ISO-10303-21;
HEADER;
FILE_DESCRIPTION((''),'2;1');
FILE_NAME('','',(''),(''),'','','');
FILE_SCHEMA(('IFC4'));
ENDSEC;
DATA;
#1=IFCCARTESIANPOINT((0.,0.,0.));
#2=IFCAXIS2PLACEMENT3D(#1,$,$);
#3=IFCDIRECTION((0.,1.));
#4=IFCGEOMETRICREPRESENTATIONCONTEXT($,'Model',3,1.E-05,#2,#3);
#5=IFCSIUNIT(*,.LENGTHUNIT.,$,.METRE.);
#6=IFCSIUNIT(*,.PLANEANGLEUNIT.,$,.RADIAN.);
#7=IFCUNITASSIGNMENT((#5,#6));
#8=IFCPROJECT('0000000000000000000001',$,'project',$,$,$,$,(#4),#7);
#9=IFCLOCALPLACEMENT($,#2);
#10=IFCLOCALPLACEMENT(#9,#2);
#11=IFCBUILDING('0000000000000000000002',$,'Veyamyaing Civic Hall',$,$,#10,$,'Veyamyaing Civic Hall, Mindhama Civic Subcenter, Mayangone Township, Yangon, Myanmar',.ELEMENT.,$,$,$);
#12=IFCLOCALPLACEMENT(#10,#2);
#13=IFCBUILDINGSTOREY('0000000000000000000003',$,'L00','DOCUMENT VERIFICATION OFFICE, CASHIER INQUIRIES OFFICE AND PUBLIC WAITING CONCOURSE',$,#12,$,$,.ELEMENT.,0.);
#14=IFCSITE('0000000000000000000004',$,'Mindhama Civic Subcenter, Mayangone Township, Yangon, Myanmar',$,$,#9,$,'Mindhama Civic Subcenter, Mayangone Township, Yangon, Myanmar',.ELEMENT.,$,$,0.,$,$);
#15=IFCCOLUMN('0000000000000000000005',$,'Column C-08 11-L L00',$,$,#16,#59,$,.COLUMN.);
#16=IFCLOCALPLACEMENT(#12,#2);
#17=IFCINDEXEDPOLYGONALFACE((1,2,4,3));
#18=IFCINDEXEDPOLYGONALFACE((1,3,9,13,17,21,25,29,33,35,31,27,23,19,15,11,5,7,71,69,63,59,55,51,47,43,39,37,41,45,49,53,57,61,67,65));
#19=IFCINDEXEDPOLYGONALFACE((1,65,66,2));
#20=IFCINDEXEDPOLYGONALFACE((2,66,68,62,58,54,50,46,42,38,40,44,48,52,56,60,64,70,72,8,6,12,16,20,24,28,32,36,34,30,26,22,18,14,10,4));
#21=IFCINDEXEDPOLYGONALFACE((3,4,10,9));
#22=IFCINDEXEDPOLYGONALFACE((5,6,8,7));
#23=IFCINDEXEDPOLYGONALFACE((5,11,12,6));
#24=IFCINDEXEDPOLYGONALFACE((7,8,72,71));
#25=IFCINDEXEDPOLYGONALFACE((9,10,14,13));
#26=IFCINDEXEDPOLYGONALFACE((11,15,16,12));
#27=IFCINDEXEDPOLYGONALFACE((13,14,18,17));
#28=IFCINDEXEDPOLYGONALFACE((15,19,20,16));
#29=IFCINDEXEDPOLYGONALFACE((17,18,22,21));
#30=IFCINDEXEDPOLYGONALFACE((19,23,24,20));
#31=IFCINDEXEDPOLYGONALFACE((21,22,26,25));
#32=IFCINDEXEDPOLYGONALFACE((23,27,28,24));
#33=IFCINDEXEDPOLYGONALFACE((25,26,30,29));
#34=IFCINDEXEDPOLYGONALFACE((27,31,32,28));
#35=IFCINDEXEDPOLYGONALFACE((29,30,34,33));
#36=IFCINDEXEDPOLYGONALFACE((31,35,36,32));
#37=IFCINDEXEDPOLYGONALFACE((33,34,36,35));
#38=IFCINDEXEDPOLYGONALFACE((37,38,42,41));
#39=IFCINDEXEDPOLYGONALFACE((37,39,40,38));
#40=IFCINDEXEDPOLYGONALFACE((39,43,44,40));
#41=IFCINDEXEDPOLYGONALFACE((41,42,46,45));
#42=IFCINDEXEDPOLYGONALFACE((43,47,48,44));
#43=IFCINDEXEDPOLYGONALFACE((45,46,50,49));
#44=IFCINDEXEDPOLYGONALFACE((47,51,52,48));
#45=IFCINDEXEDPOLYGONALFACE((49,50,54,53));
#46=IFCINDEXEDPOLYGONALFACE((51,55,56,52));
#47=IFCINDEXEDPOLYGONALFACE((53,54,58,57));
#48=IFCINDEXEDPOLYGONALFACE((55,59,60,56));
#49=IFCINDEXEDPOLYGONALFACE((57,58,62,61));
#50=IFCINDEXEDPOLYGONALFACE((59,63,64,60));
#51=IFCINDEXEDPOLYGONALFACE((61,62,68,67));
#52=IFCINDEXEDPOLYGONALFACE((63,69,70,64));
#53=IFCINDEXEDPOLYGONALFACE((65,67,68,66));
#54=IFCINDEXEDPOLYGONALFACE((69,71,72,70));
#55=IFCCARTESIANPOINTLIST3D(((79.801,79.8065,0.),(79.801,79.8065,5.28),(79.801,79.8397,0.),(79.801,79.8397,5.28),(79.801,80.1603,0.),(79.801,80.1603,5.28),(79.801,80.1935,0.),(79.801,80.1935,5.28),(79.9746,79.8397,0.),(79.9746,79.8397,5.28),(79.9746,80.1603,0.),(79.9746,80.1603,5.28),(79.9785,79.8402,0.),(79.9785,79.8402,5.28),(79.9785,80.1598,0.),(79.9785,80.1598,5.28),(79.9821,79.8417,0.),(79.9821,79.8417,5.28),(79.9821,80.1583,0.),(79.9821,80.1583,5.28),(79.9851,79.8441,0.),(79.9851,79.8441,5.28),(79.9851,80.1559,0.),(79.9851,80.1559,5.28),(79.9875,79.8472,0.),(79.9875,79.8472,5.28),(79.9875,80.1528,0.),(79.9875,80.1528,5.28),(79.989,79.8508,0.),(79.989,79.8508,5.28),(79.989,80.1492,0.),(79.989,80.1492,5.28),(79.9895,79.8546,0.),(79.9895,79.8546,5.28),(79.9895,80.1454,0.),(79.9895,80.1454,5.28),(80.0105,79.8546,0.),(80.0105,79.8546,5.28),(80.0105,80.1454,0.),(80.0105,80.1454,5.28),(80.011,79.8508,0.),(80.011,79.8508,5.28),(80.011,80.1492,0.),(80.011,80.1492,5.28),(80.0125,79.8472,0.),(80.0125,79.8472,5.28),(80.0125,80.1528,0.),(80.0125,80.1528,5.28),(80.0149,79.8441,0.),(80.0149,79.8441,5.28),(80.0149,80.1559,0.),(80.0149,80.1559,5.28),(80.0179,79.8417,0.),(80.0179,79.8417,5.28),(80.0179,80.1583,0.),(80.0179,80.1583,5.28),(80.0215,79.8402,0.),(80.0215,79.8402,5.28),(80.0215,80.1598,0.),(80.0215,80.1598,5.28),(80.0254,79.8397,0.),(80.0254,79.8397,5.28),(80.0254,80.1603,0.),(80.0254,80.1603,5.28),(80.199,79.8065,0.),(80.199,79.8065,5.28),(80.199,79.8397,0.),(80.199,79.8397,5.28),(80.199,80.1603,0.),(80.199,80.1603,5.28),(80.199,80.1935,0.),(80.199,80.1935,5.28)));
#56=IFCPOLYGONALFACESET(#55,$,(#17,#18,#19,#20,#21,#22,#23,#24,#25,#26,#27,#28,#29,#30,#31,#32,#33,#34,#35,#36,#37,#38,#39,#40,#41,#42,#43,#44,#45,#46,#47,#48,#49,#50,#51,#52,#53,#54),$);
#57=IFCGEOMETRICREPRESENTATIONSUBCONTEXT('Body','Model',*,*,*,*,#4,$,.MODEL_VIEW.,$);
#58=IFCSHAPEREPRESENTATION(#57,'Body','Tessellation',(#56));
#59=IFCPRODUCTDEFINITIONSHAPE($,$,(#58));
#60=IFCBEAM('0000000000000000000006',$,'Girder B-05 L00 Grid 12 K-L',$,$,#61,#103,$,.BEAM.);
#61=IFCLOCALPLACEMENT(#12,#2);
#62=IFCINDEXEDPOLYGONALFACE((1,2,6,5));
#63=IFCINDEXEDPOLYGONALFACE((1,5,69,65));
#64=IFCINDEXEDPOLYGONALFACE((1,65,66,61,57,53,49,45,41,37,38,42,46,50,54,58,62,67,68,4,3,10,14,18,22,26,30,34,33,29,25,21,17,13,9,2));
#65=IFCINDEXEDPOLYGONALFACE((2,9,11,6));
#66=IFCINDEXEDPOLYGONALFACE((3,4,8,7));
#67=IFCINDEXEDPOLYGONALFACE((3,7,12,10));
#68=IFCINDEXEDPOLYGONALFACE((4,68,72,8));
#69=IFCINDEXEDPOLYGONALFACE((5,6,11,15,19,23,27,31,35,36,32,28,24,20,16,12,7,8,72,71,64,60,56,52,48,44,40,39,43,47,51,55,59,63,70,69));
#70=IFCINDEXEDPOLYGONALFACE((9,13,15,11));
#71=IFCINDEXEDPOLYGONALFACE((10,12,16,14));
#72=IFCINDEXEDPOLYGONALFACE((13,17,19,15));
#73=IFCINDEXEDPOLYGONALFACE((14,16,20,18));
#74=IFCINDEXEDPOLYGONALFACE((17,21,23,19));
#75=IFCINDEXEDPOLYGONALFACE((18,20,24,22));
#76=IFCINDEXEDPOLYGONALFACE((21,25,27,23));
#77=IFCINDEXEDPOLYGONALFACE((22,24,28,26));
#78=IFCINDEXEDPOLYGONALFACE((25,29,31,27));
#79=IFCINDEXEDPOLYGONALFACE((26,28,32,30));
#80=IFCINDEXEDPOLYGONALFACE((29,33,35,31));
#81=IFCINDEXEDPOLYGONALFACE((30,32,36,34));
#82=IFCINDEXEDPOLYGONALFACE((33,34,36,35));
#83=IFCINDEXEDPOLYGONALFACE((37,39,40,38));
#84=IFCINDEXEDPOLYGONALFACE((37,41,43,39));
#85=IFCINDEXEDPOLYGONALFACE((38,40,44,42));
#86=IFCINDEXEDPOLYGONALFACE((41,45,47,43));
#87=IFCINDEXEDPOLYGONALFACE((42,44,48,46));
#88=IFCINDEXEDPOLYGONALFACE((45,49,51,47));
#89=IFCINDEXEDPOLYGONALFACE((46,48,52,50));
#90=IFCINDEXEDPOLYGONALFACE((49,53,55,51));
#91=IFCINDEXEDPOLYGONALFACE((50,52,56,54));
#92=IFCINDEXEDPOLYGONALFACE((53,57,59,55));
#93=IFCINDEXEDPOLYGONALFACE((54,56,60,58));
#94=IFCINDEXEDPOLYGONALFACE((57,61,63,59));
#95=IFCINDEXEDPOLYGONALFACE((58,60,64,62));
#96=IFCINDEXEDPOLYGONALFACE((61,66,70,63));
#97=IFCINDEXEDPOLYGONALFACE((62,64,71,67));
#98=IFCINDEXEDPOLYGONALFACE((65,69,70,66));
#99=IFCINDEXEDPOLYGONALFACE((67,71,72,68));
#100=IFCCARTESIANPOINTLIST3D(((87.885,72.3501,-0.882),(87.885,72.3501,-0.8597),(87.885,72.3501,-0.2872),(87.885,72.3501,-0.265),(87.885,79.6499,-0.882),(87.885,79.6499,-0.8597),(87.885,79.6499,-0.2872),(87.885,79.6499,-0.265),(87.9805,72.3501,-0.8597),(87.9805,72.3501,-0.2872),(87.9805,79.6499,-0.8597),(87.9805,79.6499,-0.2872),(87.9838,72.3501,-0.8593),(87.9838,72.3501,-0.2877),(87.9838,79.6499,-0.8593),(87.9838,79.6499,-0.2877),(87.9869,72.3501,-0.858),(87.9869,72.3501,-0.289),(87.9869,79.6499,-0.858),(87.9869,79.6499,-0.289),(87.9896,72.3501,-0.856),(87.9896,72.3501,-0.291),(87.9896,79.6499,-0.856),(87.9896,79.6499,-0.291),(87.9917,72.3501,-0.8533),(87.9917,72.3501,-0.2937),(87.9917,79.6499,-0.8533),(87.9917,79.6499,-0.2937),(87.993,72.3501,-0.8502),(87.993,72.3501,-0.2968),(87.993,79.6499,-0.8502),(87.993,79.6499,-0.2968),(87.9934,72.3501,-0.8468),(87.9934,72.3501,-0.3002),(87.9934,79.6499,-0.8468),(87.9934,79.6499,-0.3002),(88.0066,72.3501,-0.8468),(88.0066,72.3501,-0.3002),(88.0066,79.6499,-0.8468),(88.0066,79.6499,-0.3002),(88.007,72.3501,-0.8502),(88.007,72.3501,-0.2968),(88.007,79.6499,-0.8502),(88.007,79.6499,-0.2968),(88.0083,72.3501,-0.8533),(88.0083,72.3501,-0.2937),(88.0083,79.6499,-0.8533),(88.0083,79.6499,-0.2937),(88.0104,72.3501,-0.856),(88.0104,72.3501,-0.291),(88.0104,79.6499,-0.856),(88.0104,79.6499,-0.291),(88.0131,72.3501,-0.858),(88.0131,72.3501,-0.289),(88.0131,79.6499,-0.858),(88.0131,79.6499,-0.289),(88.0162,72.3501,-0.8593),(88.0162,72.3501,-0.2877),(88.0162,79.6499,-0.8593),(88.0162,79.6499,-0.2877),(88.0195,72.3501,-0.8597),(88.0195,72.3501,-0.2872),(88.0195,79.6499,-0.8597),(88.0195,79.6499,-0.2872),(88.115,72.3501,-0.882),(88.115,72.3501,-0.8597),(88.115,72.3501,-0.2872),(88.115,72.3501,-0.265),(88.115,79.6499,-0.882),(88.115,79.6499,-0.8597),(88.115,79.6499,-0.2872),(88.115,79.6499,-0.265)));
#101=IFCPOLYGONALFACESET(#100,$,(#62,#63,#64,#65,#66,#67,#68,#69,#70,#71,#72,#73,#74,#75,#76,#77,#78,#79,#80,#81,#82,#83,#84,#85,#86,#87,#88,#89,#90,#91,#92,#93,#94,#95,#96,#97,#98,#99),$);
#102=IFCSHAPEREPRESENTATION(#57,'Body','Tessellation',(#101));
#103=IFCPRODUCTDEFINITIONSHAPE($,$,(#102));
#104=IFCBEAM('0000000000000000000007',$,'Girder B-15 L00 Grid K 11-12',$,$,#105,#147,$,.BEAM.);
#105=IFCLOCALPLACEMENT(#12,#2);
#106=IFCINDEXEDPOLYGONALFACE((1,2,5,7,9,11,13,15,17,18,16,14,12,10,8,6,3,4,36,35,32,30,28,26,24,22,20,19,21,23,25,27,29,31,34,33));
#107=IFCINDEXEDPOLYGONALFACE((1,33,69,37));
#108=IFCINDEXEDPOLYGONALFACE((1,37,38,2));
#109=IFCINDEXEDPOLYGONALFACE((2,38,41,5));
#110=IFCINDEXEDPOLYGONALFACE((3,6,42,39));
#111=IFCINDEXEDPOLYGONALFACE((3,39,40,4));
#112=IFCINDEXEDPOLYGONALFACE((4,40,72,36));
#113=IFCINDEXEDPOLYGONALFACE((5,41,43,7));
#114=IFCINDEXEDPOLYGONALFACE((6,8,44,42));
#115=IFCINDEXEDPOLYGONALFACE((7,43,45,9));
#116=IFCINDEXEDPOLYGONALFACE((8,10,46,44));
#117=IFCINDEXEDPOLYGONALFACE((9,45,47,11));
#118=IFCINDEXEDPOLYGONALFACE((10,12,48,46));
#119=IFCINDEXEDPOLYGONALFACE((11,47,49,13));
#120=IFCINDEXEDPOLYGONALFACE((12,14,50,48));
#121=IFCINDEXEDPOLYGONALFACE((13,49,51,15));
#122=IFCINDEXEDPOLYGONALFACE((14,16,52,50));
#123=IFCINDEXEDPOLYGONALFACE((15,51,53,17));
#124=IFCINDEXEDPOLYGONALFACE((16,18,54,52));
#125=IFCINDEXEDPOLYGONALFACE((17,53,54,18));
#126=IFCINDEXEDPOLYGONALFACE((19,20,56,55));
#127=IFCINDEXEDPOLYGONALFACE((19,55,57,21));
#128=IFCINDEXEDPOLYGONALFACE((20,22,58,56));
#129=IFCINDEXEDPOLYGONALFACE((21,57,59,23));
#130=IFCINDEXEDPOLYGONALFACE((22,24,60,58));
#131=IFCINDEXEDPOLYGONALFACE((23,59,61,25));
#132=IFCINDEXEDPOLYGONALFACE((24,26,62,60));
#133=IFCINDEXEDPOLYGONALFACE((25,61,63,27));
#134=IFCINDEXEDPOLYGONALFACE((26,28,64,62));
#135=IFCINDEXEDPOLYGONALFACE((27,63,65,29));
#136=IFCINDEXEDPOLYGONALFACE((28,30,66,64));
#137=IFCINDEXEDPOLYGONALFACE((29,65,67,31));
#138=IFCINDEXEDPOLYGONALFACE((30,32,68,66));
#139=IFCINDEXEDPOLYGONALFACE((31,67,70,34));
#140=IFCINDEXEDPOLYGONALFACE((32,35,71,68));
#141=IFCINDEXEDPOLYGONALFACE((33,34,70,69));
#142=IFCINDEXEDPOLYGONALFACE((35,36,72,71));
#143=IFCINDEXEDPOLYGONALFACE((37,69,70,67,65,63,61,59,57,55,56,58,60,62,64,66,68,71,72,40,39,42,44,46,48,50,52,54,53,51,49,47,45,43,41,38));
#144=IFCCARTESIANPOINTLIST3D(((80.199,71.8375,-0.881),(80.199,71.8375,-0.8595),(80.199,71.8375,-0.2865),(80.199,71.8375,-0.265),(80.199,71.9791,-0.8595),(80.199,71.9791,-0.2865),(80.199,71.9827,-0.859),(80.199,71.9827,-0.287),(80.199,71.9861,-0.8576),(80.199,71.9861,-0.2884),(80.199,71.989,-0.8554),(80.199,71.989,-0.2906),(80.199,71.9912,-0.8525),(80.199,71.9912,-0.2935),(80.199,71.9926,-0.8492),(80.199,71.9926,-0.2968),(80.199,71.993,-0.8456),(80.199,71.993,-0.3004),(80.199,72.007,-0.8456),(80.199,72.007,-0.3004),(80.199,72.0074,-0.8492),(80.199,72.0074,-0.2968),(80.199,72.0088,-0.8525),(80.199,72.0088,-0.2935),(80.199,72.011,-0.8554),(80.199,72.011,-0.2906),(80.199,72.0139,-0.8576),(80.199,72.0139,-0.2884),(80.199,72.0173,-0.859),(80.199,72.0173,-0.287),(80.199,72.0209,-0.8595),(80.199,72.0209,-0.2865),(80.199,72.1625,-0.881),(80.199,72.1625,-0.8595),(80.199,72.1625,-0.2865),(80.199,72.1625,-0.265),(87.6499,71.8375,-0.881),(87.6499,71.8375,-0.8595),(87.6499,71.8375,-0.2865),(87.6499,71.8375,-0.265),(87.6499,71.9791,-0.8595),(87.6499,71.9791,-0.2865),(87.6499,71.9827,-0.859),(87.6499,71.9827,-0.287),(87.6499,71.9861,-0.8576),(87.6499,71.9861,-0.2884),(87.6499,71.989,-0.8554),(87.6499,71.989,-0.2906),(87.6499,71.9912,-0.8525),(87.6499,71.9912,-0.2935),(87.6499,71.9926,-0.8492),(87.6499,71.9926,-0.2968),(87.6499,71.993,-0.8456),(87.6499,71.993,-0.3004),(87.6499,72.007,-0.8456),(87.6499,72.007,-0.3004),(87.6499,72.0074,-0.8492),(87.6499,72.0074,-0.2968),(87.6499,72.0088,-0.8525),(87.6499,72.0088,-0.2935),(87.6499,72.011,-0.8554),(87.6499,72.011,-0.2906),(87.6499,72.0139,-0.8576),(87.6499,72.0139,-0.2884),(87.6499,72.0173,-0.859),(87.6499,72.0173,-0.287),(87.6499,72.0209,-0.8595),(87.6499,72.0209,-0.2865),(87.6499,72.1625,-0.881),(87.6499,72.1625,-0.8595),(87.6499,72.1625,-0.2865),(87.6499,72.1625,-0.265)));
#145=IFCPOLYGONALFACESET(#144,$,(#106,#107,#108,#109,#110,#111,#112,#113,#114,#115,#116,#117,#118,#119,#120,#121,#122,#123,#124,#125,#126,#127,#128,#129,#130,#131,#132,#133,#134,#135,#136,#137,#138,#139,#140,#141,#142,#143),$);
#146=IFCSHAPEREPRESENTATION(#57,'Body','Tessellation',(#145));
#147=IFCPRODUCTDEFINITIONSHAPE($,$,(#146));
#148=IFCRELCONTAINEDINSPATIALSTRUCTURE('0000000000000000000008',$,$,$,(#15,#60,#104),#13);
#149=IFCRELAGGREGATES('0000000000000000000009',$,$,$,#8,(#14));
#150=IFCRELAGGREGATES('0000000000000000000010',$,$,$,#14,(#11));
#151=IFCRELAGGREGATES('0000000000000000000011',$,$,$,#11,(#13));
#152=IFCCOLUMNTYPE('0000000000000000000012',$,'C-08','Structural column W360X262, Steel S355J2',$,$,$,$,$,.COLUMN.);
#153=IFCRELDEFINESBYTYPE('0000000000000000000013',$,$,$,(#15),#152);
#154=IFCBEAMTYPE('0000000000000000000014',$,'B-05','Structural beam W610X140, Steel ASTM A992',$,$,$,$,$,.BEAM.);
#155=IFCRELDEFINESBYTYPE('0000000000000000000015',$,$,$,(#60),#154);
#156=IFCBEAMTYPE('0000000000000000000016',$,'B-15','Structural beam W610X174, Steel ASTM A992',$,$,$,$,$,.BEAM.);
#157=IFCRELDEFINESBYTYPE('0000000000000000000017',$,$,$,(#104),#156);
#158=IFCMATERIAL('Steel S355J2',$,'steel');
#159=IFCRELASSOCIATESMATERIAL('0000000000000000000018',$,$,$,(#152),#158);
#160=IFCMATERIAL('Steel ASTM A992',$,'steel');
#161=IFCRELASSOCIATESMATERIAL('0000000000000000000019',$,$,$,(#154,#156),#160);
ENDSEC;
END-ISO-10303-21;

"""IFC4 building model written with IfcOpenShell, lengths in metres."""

from ifc_helpers import new_model, si_unit, direction, frame, origin, origin_2d, place, context, subcontext, project, spatial, i_section, extrude, material, material_profile, profile_set, type_object, element, save


model = new_model("IFC4")

# Units and contexts
model_context = context("Model", 3, precision=1e-05, world=origin(), true_north=direction((0.0, 1.0)))
body_context = subcontext(model_context, "Body", "Model", "MODEL_VIEW")
ifc_project = project(units=[si_unit("LENGTHUNIT", "METRE"), si_unit("PLANEANGLEUNIT", "RADIAN")], contexts=[model_context])

# Site, building, storey
site_placement = place(None, origin())
site = spatial("IfcSite", under=ifc_project, at=site_placement, Name="Mindhama Civic Subcenter, Mayangone Township, Yangon, Myanmar", LongName="Mindhama Civic Subcenter, Mayangone Township, Yangon, Myanmar", CompositionType="ELEMENT", RefElevation=0.0)
building_placement = place(site_placement, origin())
building = spatial("IfcBuilding", under=site, at=building_placement, Name="Veyamyaing Civic Hall", LongName="Veyamyaing Civic Hall, Mindhama Civic Subcenter, Mayangone Township, Yangon, Myanmar", CompositionType="ELEMENT")
storey_placement = place(building_placement, origin())
storey = spatial("IfcBuildingStorey", under=building, at=storey_placement, Name="L00", Description="DOCUMENT VERIFICATION OFFICE, CASHIER INQUIRIES OFFICE AND PUBLIC WAITING CONCOURSE", CompositionType="ELEMENT", Elevation=0.0)

# Column
ifc_material_1 = material(Name="Steel S355J2", Category="steel")
ifc_material_profile_1 = material_profile(ifc_material_1, i_section(OverallWidth=0.3979, OverallDepth=0.387, WebThickness=0.021, FlangeThickness=0.0332, FilletRadius=0.0149, at=origin_2d()), Name="W360X262")
ifc_profile_set_1 = profile_set([ifc_material_profile_1], Name="Steel S355J2")
column_type = type_object("IfcColumnType", Name="C-08", Description="Structural column W360X262, Steel S355J2", PredefinedType="COLUMN", material=ifc_profile_set_1)
column_placement = place(storey_placement, frame((80.0, 80.0, 0.0), z_axis=(0.0, 0.0, 1.0), x_axis=(1.0, 0.0, 0.0)))
element("IfcColumn", 1, at=column_placement, inside=storey, type_object=column_type, Name="Column C-08 11-L L00", PredefinedType="COLUMN", context=body_context, shape_type="SweptSolid", body=[
    extrude(i_section(OverallWidth=0.3979, OverallDepth=0.387, WebThickness=0.021, FlangeThickness=0.0332, FilletRadius=0.0149, at=origin_2d()), origin(), (0.0, 0.0, 1.0), 5.28),
])

# Beams
ifc_material_2 = material(Name="Steel ASTM A992", Category="steel")
ifc_material_profile_2 = material_profile(ifc_material_2, i_section(OverallWidth=0.23, OverallDepth=0.6169, WebThickness=0.0132, FlangeThickness=0.0222, FilletRadius=0.0129, at=origin_2d()), Name="W610X140")
ifc_profile_set_2 = profile_set([ifc_material_profile_2], Name="Steel ASTM A992")
beam_type_1 = type_object("IfcBeamType", Name="B-05", Description="Structural beam W610X140, Steel ASTM A992", PredefinedType="BEAM", material=ifc_profile_set_2)
beam_1_placement = place(storey_placement, frame((88.0, 72.3501, -0.5735), z_axis=(0.0, 1.0, 0.0), x_axis=(-1.0, 0.0, 0.0)))
element("IfcBeam", 2, at=beam_1_placement, inside=storey, type_object=beam_type_1, Name="Girder B-05 L00 Grid 12 K-L", PredefinedType="BEAM", context=body_context, shape_type="SweptSolid", body=[
    extrude(i_section(OverallWidth=0.23, OverallDepth=0.6169, WebThickness=0.0132, FlangeThickness=0.0222, FilletRadius=0.0129, at=origin_2d()), origin(), (0.0, 0.0, 1.0), 7.2998),
])
ifc_material_profile_3 = material_profile(ifc_material_2, i_section(OverallWidth=0.325, OverallDepth=0.616, WebThickness=0.0139, FlangeThickness=0.0215, FilletRadius=0.0139, at=origin_2d()), Name="W610X174")
ifc_profile_set_3 = profile_set([ifc_material_profile_3], Name="Steel ASTM A992")
beam_type_2 = type_object("IfcBeamType", Name="B-15", Description="Structural beam W610X174, Steel ASTM A992", PredefinedType="BEAM", material=ifc_profile_set_3)
beam_2_placement = place(storey_placement, frame((80.199, 72.0, -0.573), z_axis=(1.0, 0.0, 0.0), x_axis=(0.0, 1.0, 0.0)))
element("IfcBeam", 3, at=beam_2_placement, inside=storey, type_object=beam_type_2, Name="Girder B-15 L00 Grid K 11-12", PredefinedType="BEAM", context=body_context, shape_type="SweptSolid", body=[
    extrude(i_section(OverallWidth=0.325, OverallDepth=0.616, WebThickness=0.0139, FlangeThickness=0.0215, FilletRadius=0.0139, at=origin_2d()), origin(), (0.0, 0.0, 1.0), 7.4509),
])

save(model, "model.ifc")
